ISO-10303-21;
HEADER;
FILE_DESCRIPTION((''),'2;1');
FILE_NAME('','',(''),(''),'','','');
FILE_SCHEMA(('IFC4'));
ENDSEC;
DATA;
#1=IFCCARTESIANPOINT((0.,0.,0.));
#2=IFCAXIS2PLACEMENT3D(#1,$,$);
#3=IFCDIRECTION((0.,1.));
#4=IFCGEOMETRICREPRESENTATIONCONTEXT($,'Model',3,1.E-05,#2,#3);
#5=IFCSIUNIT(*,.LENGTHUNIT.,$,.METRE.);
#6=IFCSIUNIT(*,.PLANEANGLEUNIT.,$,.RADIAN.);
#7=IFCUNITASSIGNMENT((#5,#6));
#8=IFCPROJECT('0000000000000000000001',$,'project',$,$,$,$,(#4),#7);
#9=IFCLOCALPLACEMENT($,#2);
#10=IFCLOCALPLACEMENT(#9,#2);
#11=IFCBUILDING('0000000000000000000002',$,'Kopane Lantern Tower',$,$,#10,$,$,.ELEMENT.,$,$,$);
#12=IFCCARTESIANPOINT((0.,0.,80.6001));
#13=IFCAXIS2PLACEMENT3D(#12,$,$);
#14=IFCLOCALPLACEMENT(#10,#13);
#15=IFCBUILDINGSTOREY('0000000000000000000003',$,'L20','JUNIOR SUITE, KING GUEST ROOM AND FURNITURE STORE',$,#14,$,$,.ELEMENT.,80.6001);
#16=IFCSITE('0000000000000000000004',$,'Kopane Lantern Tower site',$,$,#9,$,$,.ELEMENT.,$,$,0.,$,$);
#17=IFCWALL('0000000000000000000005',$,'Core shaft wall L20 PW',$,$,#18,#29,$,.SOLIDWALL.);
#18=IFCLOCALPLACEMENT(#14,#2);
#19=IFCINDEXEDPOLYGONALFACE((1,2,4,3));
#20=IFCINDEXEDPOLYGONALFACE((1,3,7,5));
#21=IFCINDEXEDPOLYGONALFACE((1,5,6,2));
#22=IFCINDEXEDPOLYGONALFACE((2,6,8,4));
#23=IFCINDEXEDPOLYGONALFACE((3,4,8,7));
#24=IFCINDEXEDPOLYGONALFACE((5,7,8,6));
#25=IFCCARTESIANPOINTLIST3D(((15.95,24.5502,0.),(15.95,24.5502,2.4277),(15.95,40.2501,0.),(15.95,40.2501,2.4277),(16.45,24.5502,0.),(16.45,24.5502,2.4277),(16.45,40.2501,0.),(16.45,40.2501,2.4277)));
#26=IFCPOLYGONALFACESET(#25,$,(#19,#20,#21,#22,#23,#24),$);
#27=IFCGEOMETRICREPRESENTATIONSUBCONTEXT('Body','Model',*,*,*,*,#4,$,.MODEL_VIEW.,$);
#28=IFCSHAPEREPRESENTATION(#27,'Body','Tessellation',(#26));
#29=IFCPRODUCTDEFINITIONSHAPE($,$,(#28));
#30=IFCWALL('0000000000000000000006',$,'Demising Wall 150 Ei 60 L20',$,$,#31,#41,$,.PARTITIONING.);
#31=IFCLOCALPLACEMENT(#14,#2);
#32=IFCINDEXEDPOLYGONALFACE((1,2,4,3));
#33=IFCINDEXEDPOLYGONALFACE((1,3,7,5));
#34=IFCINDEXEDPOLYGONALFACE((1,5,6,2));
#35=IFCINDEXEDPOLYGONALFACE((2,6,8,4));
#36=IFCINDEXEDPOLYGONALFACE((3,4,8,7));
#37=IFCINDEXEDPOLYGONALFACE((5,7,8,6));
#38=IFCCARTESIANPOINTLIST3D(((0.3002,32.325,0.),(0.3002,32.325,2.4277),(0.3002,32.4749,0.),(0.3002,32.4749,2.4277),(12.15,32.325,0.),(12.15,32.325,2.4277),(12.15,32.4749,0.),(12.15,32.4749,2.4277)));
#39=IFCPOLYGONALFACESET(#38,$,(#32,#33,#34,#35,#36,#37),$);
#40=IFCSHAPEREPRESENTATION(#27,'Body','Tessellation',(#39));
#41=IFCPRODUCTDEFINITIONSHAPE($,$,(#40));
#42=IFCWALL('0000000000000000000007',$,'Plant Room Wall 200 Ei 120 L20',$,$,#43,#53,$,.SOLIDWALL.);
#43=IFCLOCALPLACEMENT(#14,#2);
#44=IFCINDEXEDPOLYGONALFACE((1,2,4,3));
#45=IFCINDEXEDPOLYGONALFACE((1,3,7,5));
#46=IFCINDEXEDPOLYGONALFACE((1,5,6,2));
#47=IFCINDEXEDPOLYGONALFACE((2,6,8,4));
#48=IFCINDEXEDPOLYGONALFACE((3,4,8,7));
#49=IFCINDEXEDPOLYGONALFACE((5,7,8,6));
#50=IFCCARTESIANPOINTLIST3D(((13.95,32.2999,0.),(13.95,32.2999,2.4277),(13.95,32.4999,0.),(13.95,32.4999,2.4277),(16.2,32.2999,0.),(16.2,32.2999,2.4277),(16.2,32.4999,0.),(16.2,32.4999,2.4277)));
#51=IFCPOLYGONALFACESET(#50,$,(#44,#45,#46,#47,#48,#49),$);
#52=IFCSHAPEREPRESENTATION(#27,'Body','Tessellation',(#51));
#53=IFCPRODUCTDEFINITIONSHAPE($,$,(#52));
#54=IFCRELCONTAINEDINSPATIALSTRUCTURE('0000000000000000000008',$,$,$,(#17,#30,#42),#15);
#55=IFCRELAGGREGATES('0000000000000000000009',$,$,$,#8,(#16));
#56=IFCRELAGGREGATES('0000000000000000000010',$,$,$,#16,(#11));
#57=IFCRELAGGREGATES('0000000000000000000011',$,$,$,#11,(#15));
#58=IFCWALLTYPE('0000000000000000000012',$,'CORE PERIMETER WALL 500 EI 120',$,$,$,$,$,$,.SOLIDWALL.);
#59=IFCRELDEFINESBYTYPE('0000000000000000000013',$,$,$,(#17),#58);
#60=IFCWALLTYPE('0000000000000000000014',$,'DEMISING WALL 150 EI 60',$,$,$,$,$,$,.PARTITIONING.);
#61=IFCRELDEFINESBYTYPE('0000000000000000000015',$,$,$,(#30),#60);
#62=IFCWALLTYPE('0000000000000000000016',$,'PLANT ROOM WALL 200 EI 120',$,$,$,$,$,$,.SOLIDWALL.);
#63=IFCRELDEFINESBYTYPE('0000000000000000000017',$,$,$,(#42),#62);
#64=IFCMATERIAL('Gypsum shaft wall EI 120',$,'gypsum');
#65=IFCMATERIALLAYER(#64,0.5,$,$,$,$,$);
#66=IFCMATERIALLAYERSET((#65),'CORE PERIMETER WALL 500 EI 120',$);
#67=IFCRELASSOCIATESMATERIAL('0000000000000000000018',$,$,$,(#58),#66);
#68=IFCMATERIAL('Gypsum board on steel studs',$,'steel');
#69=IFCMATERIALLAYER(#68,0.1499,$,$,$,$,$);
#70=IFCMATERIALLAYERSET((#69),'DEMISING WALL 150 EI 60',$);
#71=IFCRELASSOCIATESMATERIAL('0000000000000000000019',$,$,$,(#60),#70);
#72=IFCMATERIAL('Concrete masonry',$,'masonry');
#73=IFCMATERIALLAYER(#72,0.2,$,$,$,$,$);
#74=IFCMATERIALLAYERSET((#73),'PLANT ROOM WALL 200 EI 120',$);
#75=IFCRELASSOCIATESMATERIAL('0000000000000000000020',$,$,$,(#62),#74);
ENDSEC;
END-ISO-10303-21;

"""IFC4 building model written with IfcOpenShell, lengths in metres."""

from ifc_helpers import new_model, si_unit, direction, frame, frame_2d, origin, place, context, subcontext, project, spatial, rectangle, extrude, material, layer, layer_set, type_object, element, save


model = new_model("IFC4")

# Units and contexts
model_context = context("Model", 3, precision=1e-05, world=origin(), true_north=direction((0.0, 1.0)))
body_context = subcontext(model_context, "Body", "Model", "MODEL_VIEW")
ifc_project = project(units=[si_unit("LENGTHUNIT", "METRE"), si_unit("PLANEANGLEUNIT", "RADIAN")], contexts=[model_context])

# Site, building, storey
site_placement = place(None, origin())
site = spatial("IfcSite", under=ifc_project, at=site_placement, Name="Kopane Lantern Tower site", CompositionType="ELEMENT", RefElevation=0.0)
building_placement = place(site_placement, origin())
building = spatial("IfcBuilding", under=site, at=building_placement, Name="Kopane Lantern Tower", CompositionType="ELEMENT")
storey_placement = place(building_placement, frame((0.0, 0.0, 80.6001)))
storey = spatial("IfcBuildingStorey", under=building, at=storey_placement, Name="L20", Description="JUNIOR SUITE, KING GUEST ROOM AND FURNITURE STORE", CompositionType="ELEMENT", Elevation=80.6001)

# Walls
ifc_material_1 = material(Name="Gypsum shaft wall EI 120", Category="gypsum")
ifc_layer_1 = layer(ifc_material_1, 0.5)
ifc_layer_set_1 = layer_set([ifc_layer_1], Name="CORE PERIMETER WALL 500 EI 120")
wall_type_1 = type_object("IfcWallType", Name="CORE PERIMETER WALL 500 EI 120", PredefinedType="SOLIDWALL", material=ifc_layer_set_1)
wall_1_placement = place(storey_placement, frame((16.2, 24.55, 0.0), z_axis=(0.0, 0.0, 1.0), x_axis=(0.0, 1.0, 0.0)))
element("IfcWall", 1, at=wall_1_placement, inside=storey, type_object=wall_type_1, Name="Core shaft wall L20 PW", PredefinedType="SOLIDWALL", context=body_context, shape_type="SweptSolid", body=[
    extrude(rectangle(XDim=15.7, YDim=0.5, at=frame_2d((7.8501, 0.0))), origin(), (0.0, 0.0, 1.0), 2.4277),
])
ifc_material_2 = material(Name="Gypsum board on steel studs", Category="steel")
ifc_layer_2 = layer(ifc_material_2, 0.1499)
ifc_layer_set_2 = layer_set([ifc_layer_2], Name="DEMISING WALL 150 EI 60")
wall_type_2 = type_object("IfcWallType", Name="DEMISING WALL 150 EI 60", PredefinedType="PARTITIONING", material=ifc_layer_set_2)
wall_2_placement = place(storey_placement, frame((12.1499, 32.3999, 0.0), z_axis=(0.0, 0.0, 1.0), x_axis=(-1.0, 0.0, 0.0)))
element("IfcWall", 2, at=wall_2_placement, inside=storey, type_object=wall_type_2, Name="Demising Wall 150 Ei 60 L20", PredefinedType="PARTITIONING", context=body_context, shape_type="SweptSolid", body=[
    extrude(rectangle(XDim=11.8499, YDim=0.1499, at=frame_2d((5.9248, 0.0))), origin(), (0.0, 0.0, 1.0), 2.4277),
])
ifc_material_3 = material(Name="Concrete masonry", Category="masonry")
ifc_layer_3 = layer(ifc_material_3, 0.2)
ifc_layer_set_3 = layer_set([ifc_layer_3], Name="PLANT ROOM WALL 200 EI 120")
wall_type_3 = type_object("IfcWallType", Name="PLANT ROOM WALL 200 EI 120", PredefinedType="SOLIDWALL", material=ifc_layer_set_3)
wall_3_placement = place(storey_placement, frame((13.95, 32.3999, 0.0), z_axis=(0.0, 0.0, 1.0), x_axis=(1.0, 0.0, 0.0)))
element("IfcWall", 3, at=wall_3_placement, inside=storey, type_object=wall_type_3, Name="Plant Room Wall 200 Ei 120 L20", PredefinedType="SOLIDWALL", context=body_context, shape_type="SweptSolid", body=[
    extrude(rectangle(XDim=2.25, YDim=0.2, at=frame_2d((1.125, 0.0))), origin(), (0.0, 0.0, 1.0), 2.4277),
])

save(model, "model.ifc")
